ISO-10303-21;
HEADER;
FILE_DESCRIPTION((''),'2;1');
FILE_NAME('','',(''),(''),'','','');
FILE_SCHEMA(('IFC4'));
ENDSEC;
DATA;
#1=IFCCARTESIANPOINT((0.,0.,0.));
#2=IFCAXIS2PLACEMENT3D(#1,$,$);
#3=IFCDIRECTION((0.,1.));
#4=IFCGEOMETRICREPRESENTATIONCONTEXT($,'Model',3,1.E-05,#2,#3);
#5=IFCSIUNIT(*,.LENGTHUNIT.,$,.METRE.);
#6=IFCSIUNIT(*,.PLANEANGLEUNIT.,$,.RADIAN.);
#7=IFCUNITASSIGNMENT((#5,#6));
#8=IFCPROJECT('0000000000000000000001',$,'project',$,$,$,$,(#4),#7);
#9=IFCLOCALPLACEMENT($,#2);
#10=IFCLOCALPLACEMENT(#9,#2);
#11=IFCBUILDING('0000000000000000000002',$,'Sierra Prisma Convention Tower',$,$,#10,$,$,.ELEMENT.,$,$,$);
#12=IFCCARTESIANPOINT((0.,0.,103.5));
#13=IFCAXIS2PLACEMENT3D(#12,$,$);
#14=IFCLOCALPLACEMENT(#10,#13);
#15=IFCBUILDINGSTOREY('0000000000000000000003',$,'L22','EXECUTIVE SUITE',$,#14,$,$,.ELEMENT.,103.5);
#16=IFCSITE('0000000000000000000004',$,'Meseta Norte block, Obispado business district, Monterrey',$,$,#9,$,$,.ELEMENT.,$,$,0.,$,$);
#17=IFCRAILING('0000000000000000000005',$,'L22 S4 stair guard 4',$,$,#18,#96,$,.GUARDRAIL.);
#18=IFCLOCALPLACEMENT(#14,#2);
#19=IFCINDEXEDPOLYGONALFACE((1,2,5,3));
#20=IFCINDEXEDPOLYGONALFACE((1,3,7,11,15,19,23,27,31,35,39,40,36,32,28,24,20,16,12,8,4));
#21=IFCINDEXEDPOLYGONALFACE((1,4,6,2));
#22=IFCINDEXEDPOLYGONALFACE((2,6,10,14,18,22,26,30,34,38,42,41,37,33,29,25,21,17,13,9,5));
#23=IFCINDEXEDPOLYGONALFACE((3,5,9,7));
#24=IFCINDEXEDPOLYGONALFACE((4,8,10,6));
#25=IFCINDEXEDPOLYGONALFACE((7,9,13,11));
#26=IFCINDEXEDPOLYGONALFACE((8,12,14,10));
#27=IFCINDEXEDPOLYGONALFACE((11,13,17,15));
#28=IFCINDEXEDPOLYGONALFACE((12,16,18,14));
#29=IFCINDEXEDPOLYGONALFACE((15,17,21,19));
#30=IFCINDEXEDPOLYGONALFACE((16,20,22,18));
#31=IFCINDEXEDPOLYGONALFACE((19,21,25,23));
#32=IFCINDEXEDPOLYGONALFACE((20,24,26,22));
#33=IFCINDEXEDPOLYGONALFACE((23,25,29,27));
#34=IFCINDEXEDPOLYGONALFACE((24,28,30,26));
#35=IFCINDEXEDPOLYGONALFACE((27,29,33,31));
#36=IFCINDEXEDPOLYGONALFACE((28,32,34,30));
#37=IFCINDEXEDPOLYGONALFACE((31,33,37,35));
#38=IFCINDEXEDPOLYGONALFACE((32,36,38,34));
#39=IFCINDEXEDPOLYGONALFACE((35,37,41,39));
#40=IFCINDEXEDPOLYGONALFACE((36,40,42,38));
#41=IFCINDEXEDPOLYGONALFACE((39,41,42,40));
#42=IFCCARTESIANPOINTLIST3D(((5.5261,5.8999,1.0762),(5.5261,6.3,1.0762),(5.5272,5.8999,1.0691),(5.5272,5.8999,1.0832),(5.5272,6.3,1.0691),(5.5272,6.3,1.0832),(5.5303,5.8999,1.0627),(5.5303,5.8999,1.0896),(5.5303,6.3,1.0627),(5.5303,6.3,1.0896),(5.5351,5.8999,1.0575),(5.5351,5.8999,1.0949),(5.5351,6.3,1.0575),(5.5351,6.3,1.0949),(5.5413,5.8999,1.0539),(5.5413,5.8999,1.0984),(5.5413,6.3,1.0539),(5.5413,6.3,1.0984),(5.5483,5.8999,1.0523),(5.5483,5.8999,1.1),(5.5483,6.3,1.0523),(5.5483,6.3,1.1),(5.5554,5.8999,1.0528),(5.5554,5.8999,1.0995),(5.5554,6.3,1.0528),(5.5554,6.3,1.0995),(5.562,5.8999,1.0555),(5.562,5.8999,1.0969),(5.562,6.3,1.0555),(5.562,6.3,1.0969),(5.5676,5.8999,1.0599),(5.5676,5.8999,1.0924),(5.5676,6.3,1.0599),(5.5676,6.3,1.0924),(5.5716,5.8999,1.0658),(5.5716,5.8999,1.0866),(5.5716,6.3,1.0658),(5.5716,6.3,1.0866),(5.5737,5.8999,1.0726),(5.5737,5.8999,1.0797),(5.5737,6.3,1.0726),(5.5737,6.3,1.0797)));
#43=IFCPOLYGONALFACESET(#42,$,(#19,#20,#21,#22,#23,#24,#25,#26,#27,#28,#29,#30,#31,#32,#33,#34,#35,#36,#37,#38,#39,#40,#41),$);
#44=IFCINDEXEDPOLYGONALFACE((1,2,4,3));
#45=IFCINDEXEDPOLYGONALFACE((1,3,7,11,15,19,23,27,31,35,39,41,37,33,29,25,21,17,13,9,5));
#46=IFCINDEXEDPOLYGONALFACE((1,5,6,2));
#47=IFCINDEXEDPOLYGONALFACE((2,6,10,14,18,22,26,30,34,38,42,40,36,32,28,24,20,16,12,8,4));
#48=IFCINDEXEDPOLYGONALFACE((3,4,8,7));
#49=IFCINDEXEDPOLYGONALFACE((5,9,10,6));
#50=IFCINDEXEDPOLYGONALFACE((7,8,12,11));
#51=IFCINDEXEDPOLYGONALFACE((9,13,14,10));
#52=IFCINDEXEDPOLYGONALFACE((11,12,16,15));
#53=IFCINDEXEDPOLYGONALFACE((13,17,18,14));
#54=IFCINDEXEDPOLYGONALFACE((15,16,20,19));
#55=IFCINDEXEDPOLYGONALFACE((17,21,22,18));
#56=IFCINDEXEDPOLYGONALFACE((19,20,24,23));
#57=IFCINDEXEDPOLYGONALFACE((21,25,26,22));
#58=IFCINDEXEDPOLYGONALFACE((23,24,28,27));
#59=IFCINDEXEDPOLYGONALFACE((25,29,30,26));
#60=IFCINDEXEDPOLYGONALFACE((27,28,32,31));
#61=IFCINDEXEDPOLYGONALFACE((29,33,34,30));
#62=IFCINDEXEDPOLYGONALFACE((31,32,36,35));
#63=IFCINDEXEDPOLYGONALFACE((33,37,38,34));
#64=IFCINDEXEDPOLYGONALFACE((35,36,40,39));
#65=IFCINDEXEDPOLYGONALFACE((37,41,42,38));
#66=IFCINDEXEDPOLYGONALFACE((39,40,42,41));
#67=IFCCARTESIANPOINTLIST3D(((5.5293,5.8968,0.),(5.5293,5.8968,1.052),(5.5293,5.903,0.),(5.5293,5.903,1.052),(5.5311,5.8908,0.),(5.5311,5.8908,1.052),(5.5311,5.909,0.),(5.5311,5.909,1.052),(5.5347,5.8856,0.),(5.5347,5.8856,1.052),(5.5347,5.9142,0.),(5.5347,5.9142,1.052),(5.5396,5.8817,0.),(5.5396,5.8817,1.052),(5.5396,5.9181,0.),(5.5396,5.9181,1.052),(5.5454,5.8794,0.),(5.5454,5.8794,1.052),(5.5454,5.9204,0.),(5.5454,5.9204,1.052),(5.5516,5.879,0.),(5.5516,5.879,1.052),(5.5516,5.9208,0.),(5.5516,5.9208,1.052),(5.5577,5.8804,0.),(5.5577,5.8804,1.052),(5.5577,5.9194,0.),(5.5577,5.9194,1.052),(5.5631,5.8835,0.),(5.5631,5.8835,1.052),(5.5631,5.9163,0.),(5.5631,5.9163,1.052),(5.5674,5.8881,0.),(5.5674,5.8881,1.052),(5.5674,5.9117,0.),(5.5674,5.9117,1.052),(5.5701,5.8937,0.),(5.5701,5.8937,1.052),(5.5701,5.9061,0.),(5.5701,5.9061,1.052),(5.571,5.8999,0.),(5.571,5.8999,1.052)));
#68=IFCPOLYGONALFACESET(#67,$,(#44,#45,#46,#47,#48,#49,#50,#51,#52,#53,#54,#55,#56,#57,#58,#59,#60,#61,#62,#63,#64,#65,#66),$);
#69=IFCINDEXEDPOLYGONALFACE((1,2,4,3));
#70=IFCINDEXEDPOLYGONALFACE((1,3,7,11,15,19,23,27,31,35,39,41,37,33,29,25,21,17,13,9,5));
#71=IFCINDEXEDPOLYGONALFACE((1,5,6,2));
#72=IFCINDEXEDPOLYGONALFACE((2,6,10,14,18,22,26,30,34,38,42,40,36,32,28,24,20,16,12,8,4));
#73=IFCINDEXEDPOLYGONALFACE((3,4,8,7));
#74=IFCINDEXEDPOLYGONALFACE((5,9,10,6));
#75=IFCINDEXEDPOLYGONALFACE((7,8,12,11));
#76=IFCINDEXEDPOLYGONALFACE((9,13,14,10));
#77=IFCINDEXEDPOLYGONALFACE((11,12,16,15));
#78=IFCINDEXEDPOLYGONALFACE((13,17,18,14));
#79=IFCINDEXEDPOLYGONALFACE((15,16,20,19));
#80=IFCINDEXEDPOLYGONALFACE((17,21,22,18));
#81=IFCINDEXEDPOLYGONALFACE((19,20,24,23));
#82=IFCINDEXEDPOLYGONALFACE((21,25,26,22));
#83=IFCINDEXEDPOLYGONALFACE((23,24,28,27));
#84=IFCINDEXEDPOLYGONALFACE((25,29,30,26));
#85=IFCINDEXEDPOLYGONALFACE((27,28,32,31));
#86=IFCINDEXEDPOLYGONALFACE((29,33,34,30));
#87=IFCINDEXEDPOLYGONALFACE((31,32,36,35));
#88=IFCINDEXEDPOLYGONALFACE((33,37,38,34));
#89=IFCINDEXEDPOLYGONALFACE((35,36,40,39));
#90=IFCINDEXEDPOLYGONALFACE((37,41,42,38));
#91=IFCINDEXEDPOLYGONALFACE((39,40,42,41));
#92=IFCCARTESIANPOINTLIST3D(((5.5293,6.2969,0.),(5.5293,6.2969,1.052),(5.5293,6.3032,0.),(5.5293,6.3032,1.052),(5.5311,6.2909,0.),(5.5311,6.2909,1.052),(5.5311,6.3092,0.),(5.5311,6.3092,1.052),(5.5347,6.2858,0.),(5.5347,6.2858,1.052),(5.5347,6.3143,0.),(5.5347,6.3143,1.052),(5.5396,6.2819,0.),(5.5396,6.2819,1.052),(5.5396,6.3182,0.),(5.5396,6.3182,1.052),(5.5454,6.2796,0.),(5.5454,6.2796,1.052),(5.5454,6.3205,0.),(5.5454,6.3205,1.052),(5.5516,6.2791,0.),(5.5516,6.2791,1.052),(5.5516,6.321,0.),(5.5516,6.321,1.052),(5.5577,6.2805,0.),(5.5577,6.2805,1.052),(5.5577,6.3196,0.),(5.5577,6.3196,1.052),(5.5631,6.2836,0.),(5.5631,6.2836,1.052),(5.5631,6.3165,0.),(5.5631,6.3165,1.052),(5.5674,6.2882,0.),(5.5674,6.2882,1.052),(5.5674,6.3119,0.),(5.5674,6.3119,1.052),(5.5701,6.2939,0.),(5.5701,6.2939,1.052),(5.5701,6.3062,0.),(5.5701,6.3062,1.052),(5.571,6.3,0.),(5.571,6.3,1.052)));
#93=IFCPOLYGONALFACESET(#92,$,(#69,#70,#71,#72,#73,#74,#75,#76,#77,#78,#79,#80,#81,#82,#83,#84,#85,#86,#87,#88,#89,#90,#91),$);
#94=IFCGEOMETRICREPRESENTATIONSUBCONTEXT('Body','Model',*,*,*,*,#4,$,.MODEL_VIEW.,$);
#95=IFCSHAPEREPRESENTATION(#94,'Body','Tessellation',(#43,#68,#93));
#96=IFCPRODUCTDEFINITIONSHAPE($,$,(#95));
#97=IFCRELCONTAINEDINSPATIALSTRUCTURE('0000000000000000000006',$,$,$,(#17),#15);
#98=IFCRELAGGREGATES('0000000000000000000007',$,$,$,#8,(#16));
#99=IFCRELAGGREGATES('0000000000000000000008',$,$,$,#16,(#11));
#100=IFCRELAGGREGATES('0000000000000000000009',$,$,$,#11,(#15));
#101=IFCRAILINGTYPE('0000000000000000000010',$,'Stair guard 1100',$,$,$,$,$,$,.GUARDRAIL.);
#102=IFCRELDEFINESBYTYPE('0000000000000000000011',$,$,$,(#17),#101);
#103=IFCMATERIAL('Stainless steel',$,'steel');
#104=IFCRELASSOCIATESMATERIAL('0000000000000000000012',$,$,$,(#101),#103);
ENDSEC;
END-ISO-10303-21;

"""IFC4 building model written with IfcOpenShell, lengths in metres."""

from ifc_helpers import new_model, si_unit, direction, frame, origin, origin_2d, place, context, subcontext, project, spatial, circle, extrude, material, type_object, element, save


model = new_model("IFC4")

# Units and contexts
model_context = context("Model", 3, precision=1e-05, world=origin(), true_north=direction((0.0, 1.0)))
body_context = subcontext(model_context, "Body", "Model", "MODEL_VIEW")
ifc_project = project(units=[si_unit("LENGTHUNIT", "METRE"), si_unit("PLANEANGLEUNIT", "RADIAN")], contexts=[model_context])

# Site, building, storey
site_placement = place(None, origin())
site = spatial("IfcSite", under=ifc_project, at=site_placement, Name="Meseta Norte block, Obispado business district, Monterrey", CompositionType="ELEMENT", RefElevation=0.0)
building_placement = place(site_placement, origin())
building = spatial("IfcBuilding", under=site, at=building_placement, Name="Sierra Prisma Convention Tower", CompositionType="ELEMENT")
storey_placement = place(building_placement, frame((0.0, 0.0, 103.5)))
storey = spatial("IfcBuildingStorey", under=building, at=storey_placement, Name="L22", Description="EXECUTIVE SUITE", CompositionType="ELEMENT", Elevation=103.5)

# Railing
ifc_material_1 = material(Name="Stainless steel", Category="steel")
railing_type_1 = type_object("IfcRailingType", Name="Stair guard 1100", PredefinedType="GUARDRAIL", material=ifc_material_1)
railing_1_placement = place(storey_placement, frame((5.55, 5.8999, 0.0)))
element("IfcRailing", 1, at=railing_1_placement, inside=storey, type_object=railing_type_1, Name="L22 S4 stair guard 4", PredefinedType="GUARDRAIL", context=body_context, shape_type="SweptSolid", body=[
    extrude(circle(Radius=0.0239, at=origin_2d()), frame((0.0, 0.0, 1.0762), z_axis=(0.0, 1.0, 0.0), x_axis=(-1.0, 0.0, 0.0)), (0.0, 0.0, 1.0), 0.4001),
    extrude(circle(Radius=0.021, at=origin_2d()), origin(), (0.0, 0.0, 1.0), 1.052),
    extrude(circle(Radius=0.021, at=origin_2d()), frame((0.0, 0.4001, 0.0)), (0.0, 0.0, 1.0), 1.052),
])

save(model, "model.ifc")
